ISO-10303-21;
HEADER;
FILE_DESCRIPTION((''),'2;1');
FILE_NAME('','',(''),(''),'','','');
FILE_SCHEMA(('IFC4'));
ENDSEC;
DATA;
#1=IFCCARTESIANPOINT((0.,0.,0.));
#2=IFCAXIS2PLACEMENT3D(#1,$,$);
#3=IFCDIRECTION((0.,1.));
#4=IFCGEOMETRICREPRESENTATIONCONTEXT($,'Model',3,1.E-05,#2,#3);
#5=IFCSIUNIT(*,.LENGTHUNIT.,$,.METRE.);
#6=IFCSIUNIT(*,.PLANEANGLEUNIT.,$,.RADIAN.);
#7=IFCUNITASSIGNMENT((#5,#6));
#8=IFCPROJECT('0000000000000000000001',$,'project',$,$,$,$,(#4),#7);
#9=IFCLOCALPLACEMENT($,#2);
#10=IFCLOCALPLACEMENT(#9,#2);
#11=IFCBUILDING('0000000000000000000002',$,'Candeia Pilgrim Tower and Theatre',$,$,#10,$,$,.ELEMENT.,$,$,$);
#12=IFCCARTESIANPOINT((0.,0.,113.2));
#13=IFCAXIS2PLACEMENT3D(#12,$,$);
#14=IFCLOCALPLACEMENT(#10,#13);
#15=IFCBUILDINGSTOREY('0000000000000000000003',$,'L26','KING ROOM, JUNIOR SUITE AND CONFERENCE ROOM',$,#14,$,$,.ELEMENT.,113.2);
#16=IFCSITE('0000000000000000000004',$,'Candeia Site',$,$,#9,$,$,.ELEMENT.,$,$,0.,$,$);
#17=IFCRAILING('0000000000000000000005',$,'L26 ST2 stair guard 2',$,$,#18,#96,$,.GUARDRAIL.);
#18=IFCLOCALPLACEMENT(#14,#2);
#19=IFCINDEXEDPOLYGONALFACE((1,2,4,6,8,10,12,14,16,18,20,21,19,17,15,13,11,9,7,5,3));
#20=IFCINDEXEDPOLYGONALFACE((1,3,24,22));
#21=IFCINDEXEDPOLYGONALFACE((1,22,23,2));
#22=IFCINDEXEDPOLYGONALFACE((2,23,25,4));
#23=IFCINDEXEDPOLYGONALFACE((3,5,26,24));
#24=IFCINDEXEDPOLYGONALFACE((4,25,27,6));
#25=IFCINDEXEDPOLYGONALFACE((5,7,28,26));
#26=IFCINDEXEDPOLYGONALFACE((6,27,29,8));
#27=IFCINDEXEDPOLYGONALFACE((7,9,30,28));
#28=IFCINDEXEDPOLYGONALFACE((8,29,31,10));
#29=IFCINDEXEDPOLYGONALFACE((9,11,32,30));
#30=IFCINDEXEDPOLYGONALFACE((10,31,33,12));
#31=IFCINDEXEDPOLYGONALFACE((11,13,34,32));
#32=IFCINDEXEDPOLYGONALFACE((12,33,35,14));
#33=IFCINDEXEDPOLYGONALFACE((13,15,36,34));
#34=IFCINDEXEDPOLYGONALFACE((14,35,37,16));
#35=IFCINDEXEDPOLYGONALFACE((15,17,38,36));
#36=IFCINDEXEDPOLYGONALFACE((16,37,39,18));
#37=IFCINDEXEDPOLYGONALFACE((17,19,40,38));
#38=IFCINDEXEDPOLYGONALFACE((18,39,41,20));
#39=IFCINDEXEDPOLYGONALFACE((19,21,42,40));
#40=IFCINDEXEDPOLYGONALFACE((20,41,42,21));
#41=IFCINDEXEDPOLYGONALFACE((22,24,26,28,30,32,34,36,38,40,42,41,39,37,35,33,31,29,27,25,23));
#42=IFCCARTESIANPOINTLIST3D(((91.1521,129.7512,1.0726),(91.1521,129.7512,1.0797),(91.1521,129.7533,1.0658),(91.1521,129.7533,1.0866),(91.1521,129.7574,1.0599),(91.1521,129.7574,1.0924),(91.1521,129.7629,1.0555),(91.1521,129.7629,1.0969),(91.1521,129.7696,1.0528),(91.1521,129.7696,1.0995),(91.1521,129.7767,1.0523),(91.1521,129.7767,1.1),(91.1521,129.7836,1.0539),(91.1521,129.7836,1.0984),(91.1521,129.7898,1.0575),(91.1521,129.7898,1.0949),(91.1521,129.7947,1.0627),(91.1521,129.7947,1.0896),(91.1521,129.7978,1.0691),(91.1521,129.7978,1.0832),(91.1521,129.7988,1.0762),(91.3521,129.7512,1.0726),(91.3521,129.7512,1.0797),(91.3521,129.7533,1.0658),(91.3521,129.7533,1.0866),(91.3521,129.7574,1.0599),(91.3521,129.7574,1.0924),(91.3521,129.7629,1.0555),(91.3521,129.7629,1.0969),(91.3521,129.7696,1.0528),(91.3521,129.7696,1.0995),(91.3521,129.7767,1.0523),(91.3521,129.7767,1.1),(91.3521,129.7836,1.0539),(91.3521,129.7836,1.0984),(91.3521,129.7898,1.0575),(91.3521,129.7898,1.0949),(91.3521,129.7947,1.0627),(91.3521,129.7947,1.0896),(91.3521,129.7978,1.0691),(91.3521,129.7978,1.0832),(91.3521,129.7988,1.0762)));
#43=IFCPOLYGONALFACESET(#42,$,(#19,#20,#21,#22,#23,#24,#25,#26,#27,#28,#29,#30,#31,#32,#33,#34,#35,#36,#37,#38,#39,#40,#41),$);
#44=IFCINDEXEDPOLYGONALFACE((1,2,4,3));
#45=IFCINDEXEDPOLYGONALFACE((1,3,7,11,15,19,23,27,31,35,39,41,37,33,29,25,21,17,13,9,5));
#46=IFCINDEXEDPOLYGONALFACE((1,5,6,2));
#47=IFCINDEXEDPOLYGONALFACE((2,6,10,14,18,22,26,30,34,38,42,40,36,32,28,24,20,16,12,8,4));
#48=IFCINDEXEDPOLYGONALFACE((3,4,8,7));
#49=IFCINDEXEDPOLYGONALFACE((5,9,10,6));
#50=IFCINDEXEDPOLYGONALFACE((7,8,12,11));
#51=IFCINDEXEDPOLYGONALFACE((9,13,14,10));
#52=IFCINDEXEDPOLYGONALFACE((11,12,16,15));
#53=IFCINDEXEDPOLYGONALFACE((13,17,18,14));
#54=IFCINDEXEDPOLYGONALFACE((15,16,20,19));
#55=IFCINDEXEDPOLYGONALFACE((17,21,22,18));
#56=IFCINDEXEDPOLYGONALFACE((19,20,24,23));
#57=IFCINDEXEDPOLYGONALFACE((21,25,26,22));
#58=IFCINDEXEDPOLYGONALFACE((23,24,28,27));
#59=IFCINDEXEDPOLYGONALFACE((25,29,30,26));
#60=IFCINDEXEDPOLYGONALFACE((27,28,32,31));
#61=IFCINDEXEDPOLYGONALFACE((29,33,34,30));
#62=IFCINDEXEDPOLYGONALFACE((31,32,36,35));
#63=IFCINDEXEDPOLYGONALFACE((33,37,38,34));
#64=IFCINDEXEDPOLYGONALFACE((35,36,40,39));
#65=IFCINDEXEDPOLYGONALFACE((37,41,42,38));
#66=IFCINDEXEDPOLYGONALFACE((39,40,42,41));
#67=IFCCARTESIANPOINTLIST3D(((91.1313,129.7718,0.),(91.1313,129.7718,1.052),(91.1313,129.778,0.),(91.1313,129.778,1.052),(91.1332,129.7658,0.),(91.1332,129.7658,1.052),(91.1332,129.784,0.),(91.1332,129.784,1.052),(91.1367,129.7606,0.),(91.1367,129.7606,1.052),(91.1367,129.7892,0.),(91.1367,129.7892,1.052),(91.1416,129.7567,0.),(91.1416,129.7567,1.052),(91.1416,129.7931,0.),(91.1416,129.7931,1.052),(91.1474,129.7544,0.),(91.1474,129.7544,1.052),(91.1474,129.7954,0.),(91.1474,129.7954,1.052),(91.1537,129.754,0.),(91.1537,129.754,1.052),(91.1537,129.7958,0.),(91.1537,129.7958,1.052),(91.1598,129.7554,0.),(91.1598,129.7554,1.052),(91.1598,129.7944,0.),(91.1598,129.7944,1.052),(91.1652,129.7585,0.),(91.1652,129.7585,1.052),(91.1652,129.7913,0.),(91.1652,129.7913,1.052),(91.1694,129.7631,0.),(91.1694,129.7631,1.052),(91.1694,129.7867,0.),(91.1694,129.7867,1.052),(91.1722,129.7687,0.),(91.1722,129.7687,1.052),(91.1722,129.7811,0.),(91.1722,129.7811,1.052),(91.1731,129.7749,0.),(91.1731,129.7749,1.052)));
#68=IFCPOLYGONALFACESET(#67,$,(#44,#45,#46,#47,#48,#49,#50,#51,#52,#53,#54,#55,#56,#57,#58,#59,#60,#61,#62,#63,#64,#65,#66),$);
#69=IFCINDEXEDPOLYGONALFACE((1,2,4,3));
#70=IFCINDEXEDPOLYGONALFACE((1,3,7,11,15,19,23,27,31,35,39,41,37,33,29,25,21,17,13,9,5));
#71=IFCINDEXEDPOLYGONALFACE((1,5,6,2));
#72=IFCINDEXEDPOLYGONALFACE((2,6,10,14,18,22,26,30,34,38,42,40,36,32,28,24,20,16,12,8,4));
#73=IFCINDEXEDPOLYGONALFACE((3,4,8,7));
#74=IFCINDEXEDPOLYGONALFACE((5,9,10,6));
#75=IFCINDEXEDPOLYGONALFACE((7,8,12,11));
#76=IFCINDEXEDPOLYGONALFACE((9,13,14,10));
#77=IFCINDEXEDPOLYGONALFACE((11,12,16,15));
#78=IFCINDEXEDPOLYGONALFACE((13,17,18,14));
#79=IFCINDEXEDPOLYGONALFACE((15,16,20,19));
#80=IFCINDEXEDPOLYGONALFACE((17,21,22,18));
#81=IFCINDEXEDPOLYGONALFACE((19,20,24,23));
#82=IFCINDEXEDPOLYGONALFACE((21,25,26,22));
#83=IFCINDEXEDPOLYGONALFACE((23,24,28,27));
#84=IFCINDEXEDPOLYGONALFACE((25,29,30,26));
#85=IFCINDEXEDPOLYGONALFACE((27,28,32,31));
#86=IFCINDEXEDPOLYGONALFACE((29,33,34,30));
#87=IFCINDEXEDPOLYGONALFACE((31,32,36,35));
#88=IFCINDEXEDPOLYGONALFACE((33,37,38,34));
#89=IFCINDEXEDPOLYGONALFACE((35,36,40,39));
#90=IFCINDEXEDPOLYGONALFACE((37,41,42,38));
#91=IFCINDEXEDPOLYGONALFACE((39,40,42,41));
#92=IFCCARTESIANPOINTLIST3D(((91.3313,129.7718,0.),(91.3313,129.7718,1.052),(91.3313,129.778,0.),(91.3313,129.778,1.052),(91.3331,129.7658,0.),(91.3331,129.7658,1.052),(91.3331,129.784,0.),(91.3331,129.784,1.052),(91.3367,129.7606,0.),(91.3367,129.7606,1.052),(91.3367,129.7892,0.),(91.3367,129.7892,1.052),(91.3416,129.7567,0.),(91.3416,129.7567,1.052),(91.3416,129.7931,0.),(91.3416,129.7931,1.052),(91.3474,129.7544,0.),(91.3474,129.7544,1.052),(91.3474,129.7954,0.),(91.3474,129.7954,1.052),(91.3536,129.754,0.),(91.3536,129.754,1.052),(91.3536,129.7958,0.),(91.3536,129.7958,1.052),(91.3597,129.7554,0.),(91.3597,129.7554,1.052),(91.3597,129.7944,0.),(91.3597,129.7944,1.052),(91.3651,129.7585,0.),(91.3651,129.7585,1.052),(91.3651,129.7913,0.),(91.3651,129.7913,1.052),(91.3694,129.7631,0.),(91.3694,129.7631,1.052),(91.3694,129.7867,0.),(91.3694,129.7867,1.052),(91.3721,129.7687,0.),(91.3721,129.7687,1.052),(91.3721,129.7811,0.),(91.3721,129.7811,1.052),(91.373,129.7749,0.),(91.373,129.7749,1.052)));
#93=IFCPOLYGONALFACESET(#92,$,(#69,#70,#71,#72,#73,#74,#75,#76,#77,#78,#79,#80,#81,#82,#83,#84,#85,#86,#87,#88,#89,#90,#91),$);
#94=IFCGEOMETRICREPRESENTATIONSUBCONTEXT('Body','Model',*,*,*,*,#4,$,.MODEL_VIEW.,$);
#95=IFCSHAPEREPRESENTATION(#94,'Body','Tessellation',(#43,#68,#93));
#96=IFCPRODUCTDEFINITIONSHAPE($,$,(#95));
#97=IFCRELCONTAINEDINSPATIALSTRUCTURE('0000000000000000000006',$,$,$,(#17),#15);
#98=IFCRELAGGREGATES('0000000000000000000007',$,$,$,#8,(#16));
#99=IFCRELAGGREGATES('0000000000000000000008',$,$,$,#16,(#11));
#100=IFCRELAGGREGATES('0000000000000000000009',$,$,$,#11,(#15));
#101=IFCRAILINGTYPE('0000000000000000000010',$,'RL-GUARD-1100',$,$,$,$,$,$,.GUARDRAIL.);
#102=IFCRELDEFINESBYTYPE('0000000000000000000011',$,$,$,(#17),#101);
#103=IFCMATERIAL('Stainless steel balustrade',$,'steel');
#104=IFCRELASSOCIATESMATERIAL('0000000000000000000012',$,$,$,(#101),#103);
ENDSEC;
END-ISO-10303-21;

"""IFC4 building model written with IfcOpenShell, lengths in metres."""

from ifc_helpers import new_model, si_unit, direction, frame, origin, origin_2d, place, context, subcontext, project, spatial, circle, extrude, material, type_object, element, save


model = new_model("IFC4")

# Units and contexts
model_context = context("Model", 3, precision=1e-05, world=origin(), true_north=direction((0.0, 1.0)))
body_context = subcontext(model_context, "Body", "Model", "MODEL_VIEW")
ifc_project = project(units=[si_unit("LENGTHUNIT", "METRE"), si_unit("PLANEANGLEUNIT", "RADIAN")], contexts=[model_context])

# Site, building, storey
site_placement = place(None, origin())
site = spatial("IfcSite", under=ifc_project, at=site_placement, Name="Candeia Site", CompositionType="ELEMENT", RefElevation=0.0)
building_placement = place(site_placement, origin())
building = spatial("IfcBuilding", under=site, at=building_placement, Name="Candeia Pilgrim Tower and Theatre", CompositionType="ELEMENT")
storey_placement = place(building_placement, frame((0.0, 0.0, 113.2)))
storey = spatial("IfcBuildingStorey", under=building, at=storey_placement, Name="L26", Description="KING ROOM, JUNIOR SUITE AND CONFERENCE ROOM", CompositionType="ELEMENT", Elevation=113.2)

# Shared definitions
ifc_material_1 = material(Name="Stainless steel balustrade", Category="steel")

# Railing
railing_type_1 = type_object("IfcRailingType", Name="RL-GUARD-1100", PredefinedType="GUARDRAIL", material=ifc_material_1)
railing_1_placement = place(storey_placement, frame((91.1521, 129.7749, 0.0)))
element("IfcRailing", 1, at=railing_1_placement, inside=storey, type_object=railing_type_1, Name="L26 ST2 stair guard 2", PredefinedType="GUARDRAIL", context=body_context, shape_type="SweptSolid", body=[
    extrude(circle(Radius=0.0239, at=origin_2d()), frame((0.0, 0.0, 1.0762), z_axis=(1.0, 0.0, 0.0), x_axis=(0.0, 1.0, 0.0)), (0.0, 0.0, 1.0), 0.2),
    extrude(circle(Radius=0.021, at=origin_2d()), origin(), (0.0, 0.0, 1.0), 1.052),
    extrude(circle(Radius=0.021, at=origin_2d()), frame((0.2, 0.0, 0.0)), (0.0, 0.0, 1.0), 1.052),
])

save(model, "model.ifc")
